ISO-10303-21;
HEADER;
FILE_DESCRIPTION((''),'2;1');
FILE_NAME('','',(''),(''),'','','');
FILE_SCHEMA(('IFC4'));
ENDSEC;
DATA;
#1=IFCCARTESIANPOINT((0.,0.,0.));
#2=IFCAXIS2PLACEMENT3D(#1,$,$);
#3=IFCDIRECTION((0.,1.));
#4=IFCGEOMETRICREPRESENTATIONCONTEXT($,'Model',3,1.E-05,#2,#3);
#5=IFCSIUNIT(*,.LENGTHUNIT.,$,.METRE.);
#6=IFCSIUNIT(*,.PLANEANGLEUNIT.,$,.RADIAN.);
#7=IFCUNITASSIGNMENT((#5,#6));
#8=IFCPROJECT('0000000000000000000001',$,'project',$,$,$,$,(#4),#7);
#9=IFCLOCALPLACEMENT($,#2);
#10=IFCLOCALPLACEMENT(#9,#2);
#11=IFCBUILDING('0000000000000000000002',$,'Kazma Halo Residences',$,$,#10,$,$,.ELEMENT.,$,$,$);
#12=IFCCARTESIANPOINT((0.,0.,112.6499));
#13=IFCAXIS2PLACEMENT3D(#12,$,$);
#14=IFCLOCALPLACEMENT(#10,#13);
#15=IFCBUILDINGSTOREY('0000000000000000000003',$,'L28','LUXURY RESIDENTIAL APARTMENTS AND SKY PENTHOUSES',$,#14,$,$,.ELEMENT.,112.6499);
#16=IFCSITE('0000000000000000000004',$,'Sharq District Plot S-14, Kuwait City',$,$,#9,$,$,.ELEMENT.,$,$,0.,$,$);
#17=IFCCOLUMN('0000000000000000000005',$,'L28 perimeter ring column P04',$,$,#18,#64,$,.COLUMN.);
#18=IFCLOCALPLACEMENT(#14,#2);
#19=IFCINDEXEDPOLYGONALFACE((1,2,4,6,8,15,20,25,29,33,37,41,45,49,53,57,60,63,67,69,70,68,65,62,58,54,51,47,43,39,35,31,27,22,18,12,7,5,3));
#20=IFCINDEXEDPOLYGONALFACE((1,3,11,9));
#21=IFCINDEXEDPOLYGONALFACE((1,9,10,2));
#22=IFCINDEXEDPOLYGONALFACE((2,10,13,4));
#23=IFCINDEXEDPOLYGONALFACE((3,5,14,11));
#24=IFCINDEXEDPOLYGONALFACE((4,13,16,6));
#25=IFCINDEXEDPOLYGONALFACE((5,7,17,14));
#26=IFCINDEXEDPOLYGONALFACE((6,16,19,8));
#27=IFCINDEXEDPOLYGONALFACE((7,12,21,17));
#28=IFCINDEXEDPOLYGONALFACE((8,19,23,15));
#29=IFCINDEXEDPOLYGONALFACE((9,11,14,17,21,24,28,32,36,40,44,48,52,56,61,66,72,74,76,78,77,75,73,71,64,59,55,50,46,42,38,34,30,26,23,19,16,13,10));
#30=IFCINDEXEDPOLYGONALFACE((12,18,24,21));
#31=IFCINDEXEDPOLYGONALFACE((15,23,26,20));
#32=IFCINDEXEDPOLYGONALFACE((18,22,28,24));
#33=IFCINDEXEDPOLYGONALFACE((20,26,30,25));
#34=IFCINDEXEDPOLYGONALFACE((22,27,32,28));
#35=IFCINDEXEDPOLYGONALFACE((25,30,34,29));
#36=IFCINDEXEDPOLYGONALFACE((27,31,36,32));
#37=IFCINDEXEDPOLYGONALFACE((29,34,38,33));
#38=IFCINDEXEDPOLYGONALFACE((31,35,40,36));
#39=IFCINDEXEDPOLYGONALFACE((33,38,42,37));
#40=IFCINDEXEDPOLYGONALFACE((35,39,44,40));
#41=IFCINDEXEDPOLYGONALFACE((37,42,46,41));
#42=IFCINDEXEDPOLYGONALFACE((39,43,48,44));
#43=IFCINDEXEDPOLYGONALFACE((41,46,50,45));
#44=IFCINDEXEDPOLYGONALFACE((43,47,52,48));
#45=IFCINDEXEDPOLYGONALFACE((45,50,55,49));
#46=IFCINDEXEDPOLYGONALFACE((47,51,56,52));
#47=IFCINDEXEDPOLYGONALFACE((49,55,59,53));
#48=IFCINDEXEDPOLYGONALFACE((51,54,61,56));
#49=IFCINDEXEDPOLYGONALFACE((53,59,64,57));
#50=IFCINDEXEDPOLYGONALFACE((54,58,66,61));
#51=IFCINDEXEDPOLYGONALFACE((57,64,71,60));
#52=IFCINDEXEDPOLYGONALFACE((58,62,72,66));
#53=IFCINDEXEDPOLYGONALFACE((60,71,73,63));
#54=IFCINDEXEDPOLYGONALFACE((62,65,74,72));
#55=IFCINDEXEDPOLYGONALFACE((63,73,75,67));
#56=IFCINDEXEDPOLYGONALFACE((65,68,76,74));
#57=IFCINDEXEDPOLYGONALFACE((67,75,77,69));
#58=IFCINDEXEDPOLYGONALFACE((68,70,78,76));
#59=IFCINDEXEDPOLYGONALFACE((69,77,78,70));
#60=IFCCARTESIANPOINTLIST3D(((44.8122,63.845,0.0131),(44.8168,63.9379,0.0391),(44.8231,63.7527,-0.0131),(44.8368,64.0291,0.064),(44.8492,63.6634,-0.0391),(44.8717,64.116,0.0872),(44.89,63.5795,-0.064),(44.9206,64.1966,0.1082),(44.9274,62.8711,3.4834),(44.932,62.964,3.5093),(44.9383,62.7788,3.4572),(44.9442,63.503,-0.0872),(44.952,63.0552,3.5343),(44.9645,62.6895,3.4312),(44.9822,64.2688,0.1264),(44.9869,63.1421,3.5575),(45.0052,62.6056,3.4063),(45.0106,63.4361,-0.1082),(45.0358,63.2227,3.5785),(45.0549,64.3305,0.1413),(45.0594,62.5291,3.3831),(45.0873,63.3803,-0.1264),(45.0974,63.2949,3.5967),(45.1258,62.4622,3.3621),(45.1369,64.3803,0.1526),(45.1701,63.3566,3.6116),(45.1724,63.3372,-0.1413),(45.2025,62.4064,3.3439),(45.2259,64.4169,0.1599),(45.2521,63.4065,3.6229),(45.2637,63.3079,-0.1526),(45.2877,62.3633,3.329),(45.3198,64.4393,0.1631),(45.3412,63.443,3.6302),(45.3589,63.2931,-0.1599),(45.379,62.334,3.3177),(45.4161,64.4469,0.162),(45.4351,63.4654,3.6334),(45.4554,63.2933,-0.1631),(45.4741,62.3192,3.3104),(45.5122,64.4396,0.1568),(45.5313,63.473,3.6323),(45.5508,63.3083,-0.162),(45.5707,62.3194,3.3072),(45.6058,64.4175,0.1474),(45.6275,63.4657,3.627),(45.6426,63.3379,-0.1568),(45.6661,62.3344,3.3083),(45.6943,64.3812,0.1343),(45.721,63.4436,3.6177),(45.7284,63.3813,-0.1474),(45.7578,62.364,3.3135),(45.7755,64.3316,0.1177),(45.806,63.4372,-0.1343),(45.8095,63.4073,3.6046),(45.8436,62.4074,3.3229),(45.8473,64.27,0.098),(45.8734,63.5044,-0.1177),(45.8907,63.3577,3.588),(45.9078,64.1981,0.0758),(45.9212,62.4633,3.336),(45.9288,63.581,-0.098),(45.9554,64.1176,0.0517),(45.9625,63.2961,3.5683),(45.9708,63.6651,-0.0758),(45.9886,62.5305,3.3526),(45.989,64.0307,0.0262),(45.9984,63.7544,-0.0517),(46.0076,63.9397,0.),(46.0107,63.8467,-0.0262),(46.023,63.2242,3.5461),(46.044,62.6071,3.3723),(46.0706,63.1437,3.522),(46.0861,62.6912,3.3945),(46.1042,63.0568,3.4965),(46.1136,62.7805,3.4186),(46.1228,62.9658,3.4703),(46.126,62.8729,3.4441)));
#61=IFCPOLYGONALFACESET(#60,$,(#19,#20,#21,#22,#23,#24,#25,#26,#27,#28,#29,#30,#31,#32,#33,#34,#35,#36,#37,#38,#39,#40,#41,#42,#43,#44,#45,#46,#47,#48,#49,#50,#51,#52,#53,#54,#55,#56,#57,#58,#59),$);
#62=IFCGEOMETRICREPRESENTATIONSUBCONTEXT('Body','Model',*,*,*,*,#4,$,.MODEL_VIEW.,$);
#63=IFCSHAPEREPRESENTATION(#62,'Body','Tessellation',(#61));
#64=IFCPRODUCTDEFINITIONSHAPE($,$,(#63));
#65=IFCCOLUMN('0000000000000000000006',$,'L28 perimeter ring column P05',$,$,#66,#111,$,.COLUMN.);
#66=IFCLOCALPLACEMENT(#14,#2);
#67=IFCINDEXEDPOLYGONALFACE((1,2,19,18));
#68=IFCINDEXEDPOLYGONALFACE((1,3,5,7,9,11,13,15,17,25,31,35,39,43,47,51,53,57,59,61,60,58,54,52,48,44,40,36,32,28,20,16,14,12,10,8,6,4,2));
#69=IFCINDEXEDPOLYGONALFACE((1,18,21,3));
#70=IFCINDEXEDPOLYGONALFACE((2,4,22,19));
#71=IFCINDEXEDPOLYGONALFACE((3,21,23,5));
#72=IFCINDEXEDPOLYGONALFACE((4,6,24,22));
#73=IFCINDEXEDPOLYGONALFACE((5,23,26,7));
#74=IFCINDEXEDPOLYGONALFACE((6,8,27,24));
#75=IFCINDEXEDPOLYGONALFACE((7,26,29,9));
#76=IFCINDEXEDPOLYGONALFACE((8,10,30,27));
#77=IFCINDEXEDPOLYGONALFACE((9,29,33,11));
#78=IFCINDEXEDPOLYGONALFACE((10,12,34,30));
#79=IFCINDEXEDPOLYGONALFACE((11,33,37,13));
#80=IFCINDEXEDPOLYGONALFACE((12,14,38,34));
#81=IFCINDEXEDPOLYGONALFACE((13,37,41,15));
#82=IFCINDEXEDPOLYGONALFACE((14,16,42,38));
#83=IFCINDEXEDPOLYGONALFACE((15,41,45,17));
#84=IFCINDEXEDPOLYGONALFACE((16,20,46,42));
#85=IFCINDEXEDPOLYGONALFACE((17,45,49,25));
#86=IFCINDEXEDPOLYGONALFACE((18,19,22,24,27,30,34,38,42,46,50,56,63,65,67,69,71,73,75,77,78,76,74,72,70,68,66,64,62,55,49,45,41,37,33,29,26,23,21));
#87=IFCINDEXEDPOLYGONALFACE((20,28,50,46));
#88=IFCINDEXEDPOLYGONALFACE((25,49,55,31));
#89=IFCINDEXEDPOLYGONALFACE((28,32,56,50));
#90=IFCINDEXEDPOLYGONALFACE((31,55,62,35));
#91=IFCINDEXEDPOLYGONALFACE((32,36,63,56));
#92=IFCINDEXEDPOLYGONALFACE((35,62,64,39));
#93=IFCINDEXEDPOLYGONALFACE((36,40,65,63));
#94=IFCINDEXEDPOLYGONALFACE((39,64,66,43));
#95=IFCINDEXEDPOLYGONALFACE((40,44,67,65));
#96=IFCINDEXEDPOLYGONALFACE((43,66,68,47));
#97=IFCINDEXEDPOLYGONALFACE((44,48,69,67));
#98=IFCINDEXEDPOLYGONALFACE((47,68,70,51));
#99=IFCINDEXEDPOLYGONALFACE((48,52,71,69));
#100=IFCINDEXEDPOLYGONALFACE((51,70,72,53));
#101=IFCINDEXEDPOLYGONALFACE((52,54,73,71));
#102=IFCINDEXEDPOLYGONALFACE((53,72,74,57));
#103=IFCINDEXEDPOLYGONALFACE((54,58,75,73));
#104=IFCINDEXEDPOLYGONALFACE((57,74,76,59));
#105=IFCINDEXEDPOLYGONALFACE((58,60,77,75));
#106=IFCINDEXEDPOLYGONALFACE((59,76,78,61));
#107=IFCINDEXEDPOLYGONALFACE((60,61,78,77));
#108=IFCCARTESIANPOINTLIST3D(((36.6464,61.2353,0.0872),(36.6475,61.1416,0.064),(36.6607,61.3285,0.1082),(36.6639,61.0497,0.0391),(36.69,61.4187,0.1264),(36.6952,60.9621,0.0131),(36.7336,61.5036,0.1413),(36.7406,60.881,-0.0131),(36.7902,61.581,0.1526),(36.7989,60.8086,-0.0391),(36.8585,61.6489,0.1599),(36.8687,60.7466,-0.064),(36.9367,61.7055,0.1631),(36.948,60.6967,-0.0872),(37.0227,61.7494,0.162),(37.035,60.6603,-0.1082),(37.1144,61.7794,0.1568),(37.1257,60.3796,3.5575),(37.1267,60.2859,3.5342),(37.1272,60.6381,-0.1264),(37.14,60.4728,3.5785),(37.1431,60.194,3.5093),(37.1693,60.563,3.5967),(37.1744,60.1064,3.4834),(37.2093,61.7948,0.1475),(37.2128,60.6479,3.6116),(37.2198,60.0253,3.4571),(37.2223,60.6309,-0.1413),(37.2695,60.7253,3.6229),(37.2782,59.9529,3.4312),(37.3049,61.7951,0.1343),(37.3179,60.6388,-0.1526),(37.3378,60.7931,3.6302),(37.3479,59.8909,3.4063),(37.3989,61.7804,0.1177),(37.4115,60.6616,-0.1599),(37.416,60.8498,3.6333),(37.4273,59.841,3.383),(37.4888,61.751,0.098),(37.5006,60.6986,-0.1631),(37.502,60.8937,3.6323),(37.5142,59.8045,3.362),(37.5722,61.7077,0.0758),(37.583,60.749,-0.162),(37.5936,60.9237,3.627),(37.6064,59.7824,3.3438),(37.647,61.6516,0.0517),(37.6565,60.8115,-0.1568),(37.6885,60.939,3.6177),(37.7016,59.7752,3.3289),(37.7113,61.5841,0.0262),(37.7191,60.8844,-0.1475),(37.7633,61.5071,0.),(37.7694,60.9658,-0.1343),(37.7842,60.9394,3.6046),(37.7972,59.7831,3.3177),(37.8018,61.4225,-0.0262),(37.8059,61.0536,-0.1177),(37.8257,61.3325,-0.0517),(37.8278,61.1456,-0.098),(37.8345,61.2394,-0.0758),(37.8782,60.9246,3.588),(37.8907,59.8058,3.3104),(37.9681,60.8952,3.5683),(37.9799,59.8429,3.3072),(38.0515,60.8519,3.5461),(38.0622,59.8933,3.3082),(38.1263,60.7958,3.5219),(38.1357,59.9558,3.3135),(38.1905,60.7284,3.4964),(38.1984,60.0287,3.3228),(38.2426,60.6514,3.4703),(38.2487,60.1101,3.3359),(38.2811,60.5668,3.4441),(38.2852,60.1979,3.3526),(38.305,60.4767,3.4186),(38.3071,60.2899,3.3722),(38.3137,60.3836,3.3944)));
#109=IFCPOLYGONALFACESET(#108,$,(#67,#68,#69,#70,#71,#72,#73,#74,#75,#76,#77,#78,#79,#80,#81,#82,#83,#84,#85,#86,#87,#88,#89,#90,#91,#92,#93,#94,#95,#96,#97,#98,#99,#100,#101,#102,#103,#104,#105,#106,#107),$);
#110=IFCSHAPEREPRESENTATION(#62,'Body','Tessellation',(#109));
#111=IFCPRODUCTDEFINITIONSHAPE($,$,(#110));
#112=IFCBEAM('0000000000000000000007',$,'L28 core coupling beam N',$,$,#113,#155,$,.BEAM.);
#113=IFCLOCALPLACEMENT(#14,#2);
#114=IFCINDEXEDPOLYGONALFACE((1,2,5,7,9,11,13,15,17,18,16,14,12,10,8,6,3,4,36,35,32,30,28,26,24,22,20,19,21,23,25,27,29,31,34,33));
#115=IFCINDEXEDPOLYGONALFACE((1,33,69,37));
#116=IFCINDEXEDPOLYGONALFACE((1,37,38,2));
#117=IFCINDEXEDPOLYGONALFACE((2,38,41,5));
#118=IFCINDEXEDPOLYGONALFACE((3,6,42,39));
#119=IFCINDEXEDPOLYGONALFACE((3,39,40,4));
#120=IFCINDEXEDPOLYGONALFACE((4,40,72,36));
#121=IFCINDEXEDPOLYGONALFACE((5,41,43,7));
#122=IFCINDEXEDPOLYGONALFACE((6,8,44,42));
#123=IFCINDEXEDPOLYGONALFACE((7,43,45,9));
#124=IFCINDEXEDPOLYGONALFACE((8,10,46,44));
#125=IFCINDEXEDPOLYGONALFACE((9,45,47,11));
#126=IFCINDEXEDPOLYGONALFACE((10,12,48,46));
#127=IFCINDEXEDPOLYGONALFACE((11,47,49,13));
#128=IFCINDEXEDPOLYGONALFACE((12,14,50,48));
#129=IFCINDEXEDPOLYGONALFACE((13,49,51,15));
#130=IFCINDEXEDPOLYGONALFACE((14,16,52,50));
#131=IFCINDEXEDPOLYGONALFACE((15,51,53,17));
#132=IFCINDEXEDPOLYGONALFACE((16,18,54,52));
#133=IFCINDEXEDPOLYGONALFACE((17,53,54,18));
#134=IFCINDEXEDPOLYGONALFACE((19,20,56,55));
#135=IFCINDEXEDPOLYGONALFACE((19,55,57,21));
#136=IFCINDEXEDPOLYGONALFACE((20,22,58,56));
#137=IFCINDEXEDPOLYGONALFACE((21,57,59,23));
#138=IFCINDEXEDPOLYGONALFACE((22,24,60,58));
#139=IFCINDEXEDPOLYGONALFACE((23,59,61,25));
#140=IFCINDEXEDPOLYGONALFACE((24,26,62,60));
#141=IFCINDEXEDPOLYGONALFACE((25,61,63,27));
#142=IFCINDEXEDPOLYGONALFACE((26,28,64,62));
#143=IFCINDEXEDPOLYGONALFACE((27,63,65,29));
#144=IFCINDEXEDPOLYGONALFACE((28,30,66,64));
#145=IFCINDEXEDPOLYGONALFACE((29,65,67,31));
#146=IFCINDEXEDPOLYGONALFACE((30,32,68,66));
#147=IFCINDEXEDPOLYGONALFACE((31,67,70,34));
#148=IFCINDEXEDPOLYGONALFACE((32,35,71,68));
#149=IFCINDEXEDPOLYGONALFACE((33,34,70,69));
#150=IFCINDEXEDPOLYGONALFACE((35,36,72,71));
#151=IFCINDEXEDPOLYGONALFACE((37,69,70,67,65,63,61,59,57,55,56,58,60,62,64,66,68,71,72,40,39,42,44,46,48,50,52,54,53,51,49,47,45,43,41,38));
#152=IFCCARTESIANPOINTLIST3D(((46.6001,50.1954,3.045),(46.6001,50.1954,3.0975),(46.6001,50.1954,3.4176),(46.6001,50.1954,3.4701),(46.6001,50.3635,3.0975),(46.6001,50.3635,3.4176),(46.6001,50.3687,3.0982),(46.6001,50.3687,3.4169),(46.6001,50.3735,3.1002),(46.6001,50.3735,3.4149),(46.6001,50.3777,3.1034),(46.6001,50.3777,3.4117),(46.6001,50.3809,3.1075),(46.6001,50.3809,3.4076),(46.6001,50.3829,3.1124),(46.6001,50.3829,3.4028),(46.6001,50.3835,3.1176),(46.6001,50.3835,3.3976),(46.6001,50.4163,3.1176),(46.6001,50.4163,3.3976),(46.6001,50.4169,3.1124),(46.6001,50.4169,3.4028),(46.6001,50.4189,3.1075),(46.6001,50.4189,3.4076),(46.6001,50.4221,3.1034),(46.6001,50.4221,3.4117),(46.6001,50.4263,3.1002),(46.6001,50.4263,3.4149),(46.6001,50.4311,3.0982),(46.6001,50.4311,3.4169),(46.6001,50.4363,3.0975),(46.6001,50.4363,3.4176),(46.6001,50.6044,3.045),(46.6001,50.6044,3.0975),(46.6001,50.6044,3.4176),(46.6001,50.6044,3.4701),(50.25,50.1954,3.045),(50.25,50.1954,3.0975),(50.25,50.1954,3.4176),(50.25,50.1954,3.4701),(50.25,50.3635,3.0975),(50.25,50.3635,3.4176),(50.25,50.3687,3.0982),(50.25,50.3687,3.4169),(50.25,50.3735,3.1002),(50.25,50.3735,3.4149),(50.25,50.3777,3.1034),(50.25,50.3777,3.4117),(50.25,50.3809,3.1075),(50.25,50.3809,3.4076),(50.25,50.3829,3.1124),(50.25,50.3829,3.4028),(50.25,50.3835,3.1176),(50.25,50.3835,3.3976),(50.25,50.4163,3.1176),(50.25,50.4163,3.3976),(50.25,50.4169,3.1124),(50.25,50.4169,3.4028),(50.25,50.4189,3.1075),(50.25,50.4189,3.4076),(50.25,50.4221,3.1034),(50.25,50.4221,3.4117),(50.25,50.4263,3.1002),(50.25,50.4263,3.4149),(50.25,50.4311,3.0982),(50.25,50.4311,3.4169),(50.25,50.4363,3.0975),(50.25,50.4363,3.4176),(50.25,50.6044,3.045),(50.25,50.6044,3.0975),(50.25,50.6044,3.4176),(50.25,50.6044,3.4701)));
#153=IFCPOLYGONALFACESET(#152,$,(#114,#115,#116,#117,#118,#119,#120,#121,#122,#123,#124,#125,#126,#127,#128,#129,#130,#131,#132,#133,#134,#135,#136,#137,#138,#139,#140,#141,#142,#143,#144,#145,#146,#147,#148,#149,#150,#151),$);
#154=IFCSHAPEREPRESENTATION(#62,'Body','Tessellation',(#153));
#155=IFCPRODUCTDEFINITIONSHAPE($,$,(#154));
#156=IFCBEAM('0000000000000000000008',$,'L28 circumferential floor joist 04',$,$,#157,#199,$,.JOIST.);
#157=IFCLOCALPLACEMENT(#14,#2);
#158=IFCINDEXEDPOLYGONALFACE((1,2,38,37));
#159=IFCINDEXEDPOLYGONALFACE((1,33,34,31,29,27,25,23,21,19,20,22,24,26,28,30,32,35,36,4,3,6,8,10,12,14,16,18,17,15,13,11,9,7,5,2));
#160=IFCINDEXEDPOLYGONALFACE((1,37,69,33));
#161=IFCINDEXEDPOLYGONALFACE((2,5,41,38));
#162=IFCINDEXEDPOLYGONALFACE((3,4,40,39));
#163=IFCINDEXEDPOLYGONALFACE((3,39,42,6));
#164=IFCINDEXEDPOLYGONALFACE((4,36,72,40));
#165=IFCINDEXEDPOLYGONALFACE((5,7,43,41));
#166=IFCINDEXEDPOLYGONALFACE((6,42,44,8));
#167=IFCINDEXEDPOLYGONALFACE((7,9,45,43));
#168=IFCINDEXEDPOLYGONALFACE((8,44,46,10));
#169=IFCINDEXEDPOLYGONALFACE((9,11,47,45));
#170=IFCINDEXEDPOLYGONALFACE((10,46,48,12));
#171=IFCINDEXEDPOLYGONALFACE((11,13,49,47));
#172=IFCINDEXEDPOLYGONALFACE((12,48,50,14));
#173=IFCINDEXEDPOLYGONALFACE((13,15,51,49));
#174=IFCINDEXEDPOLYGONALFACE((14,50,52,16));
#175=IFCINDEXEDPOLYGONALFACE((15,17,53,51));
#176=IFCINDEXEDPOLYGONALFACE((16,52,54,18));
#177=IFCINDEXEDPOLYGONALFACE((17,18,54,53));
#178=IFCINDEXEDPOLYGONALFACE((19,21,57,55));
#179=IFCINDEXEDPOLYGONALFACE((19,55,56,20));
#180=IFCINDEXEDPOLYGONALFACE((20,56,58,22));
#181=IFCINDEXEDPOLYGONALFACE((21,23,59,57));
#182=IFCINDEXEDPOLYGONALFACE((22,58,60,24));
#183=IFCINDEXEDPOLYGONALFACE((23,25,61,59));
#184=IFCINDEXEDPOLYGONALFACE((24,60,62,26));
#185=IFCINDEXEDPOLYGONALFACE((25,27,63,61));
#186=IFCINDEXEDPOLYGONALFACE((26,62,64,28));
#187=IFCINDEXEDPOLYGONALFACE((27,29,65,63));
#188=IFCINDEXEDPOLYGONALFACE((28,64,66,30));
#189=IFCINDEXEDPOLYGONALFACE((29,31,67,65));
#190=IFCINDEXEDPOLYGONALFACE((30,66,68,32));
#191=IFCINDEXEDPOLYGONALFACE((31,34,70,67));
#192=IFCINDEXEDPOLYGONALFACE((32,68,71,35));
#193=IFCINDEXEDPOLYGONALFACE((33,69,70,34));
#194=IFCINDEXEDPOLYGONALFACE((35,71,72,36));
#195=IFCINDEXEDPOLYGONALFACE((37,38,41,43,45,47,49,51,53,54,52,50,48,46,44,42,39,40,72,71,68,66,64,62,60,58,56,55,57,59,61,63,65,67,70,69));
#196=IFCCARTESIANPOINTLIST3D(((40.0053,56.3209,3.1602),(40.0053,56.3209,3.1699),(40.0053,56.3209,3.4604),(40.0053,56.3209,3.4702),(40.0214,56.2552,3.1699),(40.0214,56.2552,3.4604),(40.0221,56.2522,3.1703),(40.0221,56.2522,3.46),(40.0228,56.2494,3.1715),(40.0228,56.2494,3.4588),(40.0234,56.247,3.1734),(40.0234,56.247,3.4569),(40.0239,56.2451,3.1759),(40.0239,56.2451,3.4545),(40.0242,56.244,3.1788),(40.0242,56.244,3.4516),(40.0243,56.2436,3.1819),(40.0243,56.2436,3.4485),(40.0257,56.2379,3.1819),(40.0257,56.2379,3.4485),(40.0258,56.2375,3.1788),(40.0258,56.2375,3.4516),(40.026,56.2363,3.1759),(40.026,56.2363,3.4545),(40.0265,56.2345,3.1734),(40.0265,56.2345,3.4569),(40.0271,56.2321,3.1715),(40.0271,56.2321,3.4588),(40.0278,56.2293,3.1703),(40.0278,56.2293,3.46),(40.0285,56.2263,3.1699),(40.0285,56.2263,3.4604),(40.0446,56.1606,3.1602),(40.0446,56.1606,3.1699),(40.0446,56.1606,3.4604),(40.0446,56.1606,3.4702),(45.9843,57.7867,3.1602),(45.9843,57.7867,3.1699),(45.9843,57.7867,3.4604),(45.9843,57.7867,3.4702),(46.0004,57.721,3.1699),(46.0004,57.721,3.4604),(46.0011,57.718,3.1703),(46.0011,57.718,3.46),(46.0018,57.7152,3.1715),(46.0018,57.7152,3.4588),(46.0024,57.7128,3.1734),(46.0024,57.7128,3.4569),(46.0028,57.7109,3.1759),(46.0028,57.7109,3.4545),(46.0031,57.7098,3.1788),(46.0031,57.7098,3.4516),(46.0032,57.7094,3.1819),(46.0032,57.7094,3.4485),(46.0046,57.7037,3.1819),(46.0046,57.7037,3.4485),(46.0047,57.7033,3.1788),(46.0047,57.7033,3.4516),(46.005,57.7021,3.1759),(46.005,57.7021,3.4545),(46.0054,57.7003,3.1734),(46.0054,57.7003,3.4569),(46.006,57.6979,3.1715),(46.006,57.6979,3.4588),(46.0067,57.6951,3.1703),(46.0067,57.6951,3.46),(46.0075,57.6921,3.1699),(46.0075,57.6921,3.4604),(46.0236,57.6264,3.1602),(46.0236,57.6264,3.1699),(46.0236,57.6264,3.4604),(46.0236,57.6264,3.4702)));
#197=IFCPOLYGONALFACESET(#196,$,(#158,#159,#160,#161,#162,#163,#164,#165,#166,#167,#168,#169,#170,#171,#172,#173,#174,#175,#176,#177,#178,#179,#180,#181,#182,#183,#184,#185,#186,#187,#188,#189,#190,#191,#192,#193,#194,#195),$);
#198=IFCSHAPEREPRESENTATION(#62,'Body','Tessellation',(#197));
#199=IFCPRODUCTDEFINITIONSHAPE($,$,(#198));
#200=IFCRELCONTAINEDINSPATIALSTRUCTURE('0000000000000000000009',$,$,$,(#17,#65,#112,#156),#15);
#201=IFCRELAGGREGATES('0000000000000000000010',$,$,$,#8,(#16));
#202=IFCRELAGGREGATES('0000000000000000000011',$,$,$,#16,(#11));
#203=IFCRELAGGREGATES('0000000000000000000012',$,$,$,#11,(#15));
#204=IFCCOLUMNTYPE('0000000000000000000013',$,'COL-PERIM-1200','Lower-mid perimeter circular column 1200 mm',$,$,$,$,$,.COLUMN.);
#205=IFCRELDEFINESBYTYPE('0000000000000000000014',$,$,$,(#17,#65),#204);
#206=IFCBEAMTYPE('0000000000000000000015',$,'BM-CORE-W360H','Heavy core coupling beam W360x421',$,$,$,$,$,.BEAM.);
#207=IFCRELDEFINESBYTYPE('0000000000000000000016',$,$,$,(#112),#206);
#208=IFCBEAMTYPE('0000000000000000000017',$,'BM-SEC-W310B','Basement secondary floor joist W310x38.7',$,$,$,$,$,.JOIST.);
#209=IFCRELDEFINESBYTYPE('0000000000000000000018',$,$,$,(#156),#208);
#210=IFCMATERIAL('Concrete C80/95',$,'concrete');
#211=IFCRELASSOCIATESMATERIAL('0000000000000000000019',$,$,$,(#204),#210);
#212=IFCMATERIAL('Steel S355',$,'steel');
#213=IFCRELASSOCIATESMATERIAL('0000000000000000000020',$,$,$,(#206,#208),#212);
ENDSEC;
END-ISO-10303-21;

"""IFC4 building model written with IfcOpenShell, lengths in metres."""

from ifc_helpers import new_model, si_unit, direction, frame, origin, origin_2d, place, context, subcontext, project, spatial, circle, i_section, extrude, material, material_profile, profile_set, type_object, element, save


model = new_model("IFC4")

# Units and contexts
model_context = context("Model", 3, precision=1e-05, world=origin(), true_north=direction((0.0, 1.0)))
body_context = subcontext(model_context, "Body", "Model", "MODEL_VIEW")
ifc_project = project(units=[si_unit("LENGTHUNIT", "METRE"), si_unit("PLANEANGLEUNIT", "RADIAN")], contexts=[model_context])

# Site, building, storey
site_placement = place(None, origin())
site = spatial("IfcSite", under=ifc_project, at=site_placement, Name="Sharq District Plot S-14, Kuwait City", CompositionType="ELEMENT", RefElevation=0.0)
building_placement = place(site_placement, origin())
building = spatial("IfcBuilding", under=site, at=building_placement, Name="Kazma Halo Residences", CompositionType="ELEMENT")
storey_placement = place(building_placement, frame((0.0, 0.0, 112.6499)))
storey = spatial("IfcBuildingStorey", under=building, at=storey_placement, Name="L28", Description="LUXURY RESIDENTIAL APARTMENTS AND SKY PENTHOUSES", CompositionType="ELEMENT", Elevation=112.6499)

# Columns
ifc_material_1 = material(Name="Concrete C80/95", Category="concrete")
ifc_material_profile_1 = material_profile(ifc_material_1, circle(Radius=0.6001, at=origin_2d()), Name="CIRC1200")
ifc_profile_set_1 = profile_set([ifc_material_profile_1], Name="Concrete C80/95")
column_type = type_object("IfcColumnType", Name="COL-PERIM-1200", Description="Lower-mid perimeter circular column 1200 mm", PredefinedType="COLUMN", material=ifc_profile_set_1)
for number, where, z_axis, x_axis, name in (
    (1, (45.4116, 63.8691, 0.0), (0.031955, -0.270062, 0.962312), (0.993072, 0.117506, 0.0), "L28 perimeter ring column P04"),
    (2, (37.2397, 61.2139, 0.0), (0.132897, -0.237293, 0.962305), (0.872485, 0.488641, 0.0), "L28 perimeter ring column P05"),
):
    element("IfcColumn", number, at=place(storey_placement, frame(where, z_axis=z_axis, x_axis=x_axis)), inside=storey, type_object=column_type, Name=name, PredefinedType="COLUMN", context=body_context, shape_type="SweptSolid", body=[
        extrude(circle(Radius=0.6001, at=origin_2d()), origin(), (0.0, 0.0, 1.0), 3.6062),
    ])

# Beams
ifc_material_2 = material(Name="Steel S355", Category="steel")
ifc_material_profile_2 = material_profile(ifc_material_2, i_section(OverallWidth=0.4089, OverallDepth=0.425, WebThickness=0.0327, FlangeThickness=0.0525, FilletRadius=0.02, at=origin_2d()), Name="W360x421")
ifc_profile_set_2 = profile_set([ifc_material_profile_2], Name="Steel S355")
beam_type_1 = type_object("IfcBeamType", Name="BM-CORE-W360H", Description="Heavy core coupling beam W360x421", PredefinedType="BEAM", material=ifc_profile_set_2)
beam_1_placement = place(storey_placement, frame((46.6001, 50.3999, 3.2576), z_axis=(1.0, 0.0, 0.0), x_axis=(0.0, 1.0, 0.0)))
element("IfcBeam", 3, at=beam_1_placement, inside=storey, type_object=beam_type_1, Name="L28 core coupling beam N", PredefinedType="BEAM", context=body_context, shape_type="SweptSolid", body=[
    extrude(i_section(OverallWidth=0.4089, OverallDepth=0.425, WebThickness=0.0327, FlangeThickness=0.0525, FilletRadius=0.02, at=origin_2d()), origin(), (0.0, 0.0, 1.0), 3.6499),
])
ifc_material_profile_3 = material_profile(ifc_material_2, i_section(OverallWidth=0.165, OverallDepth=0.3101, WebThickness=0.0059, FlangeThickness=0.0098, FilletRadius=0.012, at=origin_2d()), Name="W310x38.7")
ifc_profile_set_3 = profile_set([ifc_material_profile_3], Name="Steel S355")
beam_type_2 = type_object("IfcBeamType", Name="BM-SEC-W310B", Description="Basement secondary floor joist W310x38.7", PredefinedType="JOIST", material=ifc_profile_set_3)
beam_2_placement = place(storey_placement, frame((46.0039, 57.7065, 3.3152), z_axis=(-0.971238, -0.23811, 0.0), x_axis=(0.23811, -0.971238, 0.0)))
element("IfcBeam", 4, at=beam_2_placement, inside=storey, type_object=beam_type_2, Name="L28 circumferential floor joist 04", PredefinedType="JOIST", context=body_context, shape_type="SweptSolid", body=[
    extrude(i_section(OverallWidth=0.165, OverallDepth=0.3101, WebThickness=0.0059, FlangeThickness=0.0098, FilletRadius=0.012, at=origin_2d()), origin(), (0.0, 0.0, 1.0), 6.156),
])

save(model, "model.ifc")
